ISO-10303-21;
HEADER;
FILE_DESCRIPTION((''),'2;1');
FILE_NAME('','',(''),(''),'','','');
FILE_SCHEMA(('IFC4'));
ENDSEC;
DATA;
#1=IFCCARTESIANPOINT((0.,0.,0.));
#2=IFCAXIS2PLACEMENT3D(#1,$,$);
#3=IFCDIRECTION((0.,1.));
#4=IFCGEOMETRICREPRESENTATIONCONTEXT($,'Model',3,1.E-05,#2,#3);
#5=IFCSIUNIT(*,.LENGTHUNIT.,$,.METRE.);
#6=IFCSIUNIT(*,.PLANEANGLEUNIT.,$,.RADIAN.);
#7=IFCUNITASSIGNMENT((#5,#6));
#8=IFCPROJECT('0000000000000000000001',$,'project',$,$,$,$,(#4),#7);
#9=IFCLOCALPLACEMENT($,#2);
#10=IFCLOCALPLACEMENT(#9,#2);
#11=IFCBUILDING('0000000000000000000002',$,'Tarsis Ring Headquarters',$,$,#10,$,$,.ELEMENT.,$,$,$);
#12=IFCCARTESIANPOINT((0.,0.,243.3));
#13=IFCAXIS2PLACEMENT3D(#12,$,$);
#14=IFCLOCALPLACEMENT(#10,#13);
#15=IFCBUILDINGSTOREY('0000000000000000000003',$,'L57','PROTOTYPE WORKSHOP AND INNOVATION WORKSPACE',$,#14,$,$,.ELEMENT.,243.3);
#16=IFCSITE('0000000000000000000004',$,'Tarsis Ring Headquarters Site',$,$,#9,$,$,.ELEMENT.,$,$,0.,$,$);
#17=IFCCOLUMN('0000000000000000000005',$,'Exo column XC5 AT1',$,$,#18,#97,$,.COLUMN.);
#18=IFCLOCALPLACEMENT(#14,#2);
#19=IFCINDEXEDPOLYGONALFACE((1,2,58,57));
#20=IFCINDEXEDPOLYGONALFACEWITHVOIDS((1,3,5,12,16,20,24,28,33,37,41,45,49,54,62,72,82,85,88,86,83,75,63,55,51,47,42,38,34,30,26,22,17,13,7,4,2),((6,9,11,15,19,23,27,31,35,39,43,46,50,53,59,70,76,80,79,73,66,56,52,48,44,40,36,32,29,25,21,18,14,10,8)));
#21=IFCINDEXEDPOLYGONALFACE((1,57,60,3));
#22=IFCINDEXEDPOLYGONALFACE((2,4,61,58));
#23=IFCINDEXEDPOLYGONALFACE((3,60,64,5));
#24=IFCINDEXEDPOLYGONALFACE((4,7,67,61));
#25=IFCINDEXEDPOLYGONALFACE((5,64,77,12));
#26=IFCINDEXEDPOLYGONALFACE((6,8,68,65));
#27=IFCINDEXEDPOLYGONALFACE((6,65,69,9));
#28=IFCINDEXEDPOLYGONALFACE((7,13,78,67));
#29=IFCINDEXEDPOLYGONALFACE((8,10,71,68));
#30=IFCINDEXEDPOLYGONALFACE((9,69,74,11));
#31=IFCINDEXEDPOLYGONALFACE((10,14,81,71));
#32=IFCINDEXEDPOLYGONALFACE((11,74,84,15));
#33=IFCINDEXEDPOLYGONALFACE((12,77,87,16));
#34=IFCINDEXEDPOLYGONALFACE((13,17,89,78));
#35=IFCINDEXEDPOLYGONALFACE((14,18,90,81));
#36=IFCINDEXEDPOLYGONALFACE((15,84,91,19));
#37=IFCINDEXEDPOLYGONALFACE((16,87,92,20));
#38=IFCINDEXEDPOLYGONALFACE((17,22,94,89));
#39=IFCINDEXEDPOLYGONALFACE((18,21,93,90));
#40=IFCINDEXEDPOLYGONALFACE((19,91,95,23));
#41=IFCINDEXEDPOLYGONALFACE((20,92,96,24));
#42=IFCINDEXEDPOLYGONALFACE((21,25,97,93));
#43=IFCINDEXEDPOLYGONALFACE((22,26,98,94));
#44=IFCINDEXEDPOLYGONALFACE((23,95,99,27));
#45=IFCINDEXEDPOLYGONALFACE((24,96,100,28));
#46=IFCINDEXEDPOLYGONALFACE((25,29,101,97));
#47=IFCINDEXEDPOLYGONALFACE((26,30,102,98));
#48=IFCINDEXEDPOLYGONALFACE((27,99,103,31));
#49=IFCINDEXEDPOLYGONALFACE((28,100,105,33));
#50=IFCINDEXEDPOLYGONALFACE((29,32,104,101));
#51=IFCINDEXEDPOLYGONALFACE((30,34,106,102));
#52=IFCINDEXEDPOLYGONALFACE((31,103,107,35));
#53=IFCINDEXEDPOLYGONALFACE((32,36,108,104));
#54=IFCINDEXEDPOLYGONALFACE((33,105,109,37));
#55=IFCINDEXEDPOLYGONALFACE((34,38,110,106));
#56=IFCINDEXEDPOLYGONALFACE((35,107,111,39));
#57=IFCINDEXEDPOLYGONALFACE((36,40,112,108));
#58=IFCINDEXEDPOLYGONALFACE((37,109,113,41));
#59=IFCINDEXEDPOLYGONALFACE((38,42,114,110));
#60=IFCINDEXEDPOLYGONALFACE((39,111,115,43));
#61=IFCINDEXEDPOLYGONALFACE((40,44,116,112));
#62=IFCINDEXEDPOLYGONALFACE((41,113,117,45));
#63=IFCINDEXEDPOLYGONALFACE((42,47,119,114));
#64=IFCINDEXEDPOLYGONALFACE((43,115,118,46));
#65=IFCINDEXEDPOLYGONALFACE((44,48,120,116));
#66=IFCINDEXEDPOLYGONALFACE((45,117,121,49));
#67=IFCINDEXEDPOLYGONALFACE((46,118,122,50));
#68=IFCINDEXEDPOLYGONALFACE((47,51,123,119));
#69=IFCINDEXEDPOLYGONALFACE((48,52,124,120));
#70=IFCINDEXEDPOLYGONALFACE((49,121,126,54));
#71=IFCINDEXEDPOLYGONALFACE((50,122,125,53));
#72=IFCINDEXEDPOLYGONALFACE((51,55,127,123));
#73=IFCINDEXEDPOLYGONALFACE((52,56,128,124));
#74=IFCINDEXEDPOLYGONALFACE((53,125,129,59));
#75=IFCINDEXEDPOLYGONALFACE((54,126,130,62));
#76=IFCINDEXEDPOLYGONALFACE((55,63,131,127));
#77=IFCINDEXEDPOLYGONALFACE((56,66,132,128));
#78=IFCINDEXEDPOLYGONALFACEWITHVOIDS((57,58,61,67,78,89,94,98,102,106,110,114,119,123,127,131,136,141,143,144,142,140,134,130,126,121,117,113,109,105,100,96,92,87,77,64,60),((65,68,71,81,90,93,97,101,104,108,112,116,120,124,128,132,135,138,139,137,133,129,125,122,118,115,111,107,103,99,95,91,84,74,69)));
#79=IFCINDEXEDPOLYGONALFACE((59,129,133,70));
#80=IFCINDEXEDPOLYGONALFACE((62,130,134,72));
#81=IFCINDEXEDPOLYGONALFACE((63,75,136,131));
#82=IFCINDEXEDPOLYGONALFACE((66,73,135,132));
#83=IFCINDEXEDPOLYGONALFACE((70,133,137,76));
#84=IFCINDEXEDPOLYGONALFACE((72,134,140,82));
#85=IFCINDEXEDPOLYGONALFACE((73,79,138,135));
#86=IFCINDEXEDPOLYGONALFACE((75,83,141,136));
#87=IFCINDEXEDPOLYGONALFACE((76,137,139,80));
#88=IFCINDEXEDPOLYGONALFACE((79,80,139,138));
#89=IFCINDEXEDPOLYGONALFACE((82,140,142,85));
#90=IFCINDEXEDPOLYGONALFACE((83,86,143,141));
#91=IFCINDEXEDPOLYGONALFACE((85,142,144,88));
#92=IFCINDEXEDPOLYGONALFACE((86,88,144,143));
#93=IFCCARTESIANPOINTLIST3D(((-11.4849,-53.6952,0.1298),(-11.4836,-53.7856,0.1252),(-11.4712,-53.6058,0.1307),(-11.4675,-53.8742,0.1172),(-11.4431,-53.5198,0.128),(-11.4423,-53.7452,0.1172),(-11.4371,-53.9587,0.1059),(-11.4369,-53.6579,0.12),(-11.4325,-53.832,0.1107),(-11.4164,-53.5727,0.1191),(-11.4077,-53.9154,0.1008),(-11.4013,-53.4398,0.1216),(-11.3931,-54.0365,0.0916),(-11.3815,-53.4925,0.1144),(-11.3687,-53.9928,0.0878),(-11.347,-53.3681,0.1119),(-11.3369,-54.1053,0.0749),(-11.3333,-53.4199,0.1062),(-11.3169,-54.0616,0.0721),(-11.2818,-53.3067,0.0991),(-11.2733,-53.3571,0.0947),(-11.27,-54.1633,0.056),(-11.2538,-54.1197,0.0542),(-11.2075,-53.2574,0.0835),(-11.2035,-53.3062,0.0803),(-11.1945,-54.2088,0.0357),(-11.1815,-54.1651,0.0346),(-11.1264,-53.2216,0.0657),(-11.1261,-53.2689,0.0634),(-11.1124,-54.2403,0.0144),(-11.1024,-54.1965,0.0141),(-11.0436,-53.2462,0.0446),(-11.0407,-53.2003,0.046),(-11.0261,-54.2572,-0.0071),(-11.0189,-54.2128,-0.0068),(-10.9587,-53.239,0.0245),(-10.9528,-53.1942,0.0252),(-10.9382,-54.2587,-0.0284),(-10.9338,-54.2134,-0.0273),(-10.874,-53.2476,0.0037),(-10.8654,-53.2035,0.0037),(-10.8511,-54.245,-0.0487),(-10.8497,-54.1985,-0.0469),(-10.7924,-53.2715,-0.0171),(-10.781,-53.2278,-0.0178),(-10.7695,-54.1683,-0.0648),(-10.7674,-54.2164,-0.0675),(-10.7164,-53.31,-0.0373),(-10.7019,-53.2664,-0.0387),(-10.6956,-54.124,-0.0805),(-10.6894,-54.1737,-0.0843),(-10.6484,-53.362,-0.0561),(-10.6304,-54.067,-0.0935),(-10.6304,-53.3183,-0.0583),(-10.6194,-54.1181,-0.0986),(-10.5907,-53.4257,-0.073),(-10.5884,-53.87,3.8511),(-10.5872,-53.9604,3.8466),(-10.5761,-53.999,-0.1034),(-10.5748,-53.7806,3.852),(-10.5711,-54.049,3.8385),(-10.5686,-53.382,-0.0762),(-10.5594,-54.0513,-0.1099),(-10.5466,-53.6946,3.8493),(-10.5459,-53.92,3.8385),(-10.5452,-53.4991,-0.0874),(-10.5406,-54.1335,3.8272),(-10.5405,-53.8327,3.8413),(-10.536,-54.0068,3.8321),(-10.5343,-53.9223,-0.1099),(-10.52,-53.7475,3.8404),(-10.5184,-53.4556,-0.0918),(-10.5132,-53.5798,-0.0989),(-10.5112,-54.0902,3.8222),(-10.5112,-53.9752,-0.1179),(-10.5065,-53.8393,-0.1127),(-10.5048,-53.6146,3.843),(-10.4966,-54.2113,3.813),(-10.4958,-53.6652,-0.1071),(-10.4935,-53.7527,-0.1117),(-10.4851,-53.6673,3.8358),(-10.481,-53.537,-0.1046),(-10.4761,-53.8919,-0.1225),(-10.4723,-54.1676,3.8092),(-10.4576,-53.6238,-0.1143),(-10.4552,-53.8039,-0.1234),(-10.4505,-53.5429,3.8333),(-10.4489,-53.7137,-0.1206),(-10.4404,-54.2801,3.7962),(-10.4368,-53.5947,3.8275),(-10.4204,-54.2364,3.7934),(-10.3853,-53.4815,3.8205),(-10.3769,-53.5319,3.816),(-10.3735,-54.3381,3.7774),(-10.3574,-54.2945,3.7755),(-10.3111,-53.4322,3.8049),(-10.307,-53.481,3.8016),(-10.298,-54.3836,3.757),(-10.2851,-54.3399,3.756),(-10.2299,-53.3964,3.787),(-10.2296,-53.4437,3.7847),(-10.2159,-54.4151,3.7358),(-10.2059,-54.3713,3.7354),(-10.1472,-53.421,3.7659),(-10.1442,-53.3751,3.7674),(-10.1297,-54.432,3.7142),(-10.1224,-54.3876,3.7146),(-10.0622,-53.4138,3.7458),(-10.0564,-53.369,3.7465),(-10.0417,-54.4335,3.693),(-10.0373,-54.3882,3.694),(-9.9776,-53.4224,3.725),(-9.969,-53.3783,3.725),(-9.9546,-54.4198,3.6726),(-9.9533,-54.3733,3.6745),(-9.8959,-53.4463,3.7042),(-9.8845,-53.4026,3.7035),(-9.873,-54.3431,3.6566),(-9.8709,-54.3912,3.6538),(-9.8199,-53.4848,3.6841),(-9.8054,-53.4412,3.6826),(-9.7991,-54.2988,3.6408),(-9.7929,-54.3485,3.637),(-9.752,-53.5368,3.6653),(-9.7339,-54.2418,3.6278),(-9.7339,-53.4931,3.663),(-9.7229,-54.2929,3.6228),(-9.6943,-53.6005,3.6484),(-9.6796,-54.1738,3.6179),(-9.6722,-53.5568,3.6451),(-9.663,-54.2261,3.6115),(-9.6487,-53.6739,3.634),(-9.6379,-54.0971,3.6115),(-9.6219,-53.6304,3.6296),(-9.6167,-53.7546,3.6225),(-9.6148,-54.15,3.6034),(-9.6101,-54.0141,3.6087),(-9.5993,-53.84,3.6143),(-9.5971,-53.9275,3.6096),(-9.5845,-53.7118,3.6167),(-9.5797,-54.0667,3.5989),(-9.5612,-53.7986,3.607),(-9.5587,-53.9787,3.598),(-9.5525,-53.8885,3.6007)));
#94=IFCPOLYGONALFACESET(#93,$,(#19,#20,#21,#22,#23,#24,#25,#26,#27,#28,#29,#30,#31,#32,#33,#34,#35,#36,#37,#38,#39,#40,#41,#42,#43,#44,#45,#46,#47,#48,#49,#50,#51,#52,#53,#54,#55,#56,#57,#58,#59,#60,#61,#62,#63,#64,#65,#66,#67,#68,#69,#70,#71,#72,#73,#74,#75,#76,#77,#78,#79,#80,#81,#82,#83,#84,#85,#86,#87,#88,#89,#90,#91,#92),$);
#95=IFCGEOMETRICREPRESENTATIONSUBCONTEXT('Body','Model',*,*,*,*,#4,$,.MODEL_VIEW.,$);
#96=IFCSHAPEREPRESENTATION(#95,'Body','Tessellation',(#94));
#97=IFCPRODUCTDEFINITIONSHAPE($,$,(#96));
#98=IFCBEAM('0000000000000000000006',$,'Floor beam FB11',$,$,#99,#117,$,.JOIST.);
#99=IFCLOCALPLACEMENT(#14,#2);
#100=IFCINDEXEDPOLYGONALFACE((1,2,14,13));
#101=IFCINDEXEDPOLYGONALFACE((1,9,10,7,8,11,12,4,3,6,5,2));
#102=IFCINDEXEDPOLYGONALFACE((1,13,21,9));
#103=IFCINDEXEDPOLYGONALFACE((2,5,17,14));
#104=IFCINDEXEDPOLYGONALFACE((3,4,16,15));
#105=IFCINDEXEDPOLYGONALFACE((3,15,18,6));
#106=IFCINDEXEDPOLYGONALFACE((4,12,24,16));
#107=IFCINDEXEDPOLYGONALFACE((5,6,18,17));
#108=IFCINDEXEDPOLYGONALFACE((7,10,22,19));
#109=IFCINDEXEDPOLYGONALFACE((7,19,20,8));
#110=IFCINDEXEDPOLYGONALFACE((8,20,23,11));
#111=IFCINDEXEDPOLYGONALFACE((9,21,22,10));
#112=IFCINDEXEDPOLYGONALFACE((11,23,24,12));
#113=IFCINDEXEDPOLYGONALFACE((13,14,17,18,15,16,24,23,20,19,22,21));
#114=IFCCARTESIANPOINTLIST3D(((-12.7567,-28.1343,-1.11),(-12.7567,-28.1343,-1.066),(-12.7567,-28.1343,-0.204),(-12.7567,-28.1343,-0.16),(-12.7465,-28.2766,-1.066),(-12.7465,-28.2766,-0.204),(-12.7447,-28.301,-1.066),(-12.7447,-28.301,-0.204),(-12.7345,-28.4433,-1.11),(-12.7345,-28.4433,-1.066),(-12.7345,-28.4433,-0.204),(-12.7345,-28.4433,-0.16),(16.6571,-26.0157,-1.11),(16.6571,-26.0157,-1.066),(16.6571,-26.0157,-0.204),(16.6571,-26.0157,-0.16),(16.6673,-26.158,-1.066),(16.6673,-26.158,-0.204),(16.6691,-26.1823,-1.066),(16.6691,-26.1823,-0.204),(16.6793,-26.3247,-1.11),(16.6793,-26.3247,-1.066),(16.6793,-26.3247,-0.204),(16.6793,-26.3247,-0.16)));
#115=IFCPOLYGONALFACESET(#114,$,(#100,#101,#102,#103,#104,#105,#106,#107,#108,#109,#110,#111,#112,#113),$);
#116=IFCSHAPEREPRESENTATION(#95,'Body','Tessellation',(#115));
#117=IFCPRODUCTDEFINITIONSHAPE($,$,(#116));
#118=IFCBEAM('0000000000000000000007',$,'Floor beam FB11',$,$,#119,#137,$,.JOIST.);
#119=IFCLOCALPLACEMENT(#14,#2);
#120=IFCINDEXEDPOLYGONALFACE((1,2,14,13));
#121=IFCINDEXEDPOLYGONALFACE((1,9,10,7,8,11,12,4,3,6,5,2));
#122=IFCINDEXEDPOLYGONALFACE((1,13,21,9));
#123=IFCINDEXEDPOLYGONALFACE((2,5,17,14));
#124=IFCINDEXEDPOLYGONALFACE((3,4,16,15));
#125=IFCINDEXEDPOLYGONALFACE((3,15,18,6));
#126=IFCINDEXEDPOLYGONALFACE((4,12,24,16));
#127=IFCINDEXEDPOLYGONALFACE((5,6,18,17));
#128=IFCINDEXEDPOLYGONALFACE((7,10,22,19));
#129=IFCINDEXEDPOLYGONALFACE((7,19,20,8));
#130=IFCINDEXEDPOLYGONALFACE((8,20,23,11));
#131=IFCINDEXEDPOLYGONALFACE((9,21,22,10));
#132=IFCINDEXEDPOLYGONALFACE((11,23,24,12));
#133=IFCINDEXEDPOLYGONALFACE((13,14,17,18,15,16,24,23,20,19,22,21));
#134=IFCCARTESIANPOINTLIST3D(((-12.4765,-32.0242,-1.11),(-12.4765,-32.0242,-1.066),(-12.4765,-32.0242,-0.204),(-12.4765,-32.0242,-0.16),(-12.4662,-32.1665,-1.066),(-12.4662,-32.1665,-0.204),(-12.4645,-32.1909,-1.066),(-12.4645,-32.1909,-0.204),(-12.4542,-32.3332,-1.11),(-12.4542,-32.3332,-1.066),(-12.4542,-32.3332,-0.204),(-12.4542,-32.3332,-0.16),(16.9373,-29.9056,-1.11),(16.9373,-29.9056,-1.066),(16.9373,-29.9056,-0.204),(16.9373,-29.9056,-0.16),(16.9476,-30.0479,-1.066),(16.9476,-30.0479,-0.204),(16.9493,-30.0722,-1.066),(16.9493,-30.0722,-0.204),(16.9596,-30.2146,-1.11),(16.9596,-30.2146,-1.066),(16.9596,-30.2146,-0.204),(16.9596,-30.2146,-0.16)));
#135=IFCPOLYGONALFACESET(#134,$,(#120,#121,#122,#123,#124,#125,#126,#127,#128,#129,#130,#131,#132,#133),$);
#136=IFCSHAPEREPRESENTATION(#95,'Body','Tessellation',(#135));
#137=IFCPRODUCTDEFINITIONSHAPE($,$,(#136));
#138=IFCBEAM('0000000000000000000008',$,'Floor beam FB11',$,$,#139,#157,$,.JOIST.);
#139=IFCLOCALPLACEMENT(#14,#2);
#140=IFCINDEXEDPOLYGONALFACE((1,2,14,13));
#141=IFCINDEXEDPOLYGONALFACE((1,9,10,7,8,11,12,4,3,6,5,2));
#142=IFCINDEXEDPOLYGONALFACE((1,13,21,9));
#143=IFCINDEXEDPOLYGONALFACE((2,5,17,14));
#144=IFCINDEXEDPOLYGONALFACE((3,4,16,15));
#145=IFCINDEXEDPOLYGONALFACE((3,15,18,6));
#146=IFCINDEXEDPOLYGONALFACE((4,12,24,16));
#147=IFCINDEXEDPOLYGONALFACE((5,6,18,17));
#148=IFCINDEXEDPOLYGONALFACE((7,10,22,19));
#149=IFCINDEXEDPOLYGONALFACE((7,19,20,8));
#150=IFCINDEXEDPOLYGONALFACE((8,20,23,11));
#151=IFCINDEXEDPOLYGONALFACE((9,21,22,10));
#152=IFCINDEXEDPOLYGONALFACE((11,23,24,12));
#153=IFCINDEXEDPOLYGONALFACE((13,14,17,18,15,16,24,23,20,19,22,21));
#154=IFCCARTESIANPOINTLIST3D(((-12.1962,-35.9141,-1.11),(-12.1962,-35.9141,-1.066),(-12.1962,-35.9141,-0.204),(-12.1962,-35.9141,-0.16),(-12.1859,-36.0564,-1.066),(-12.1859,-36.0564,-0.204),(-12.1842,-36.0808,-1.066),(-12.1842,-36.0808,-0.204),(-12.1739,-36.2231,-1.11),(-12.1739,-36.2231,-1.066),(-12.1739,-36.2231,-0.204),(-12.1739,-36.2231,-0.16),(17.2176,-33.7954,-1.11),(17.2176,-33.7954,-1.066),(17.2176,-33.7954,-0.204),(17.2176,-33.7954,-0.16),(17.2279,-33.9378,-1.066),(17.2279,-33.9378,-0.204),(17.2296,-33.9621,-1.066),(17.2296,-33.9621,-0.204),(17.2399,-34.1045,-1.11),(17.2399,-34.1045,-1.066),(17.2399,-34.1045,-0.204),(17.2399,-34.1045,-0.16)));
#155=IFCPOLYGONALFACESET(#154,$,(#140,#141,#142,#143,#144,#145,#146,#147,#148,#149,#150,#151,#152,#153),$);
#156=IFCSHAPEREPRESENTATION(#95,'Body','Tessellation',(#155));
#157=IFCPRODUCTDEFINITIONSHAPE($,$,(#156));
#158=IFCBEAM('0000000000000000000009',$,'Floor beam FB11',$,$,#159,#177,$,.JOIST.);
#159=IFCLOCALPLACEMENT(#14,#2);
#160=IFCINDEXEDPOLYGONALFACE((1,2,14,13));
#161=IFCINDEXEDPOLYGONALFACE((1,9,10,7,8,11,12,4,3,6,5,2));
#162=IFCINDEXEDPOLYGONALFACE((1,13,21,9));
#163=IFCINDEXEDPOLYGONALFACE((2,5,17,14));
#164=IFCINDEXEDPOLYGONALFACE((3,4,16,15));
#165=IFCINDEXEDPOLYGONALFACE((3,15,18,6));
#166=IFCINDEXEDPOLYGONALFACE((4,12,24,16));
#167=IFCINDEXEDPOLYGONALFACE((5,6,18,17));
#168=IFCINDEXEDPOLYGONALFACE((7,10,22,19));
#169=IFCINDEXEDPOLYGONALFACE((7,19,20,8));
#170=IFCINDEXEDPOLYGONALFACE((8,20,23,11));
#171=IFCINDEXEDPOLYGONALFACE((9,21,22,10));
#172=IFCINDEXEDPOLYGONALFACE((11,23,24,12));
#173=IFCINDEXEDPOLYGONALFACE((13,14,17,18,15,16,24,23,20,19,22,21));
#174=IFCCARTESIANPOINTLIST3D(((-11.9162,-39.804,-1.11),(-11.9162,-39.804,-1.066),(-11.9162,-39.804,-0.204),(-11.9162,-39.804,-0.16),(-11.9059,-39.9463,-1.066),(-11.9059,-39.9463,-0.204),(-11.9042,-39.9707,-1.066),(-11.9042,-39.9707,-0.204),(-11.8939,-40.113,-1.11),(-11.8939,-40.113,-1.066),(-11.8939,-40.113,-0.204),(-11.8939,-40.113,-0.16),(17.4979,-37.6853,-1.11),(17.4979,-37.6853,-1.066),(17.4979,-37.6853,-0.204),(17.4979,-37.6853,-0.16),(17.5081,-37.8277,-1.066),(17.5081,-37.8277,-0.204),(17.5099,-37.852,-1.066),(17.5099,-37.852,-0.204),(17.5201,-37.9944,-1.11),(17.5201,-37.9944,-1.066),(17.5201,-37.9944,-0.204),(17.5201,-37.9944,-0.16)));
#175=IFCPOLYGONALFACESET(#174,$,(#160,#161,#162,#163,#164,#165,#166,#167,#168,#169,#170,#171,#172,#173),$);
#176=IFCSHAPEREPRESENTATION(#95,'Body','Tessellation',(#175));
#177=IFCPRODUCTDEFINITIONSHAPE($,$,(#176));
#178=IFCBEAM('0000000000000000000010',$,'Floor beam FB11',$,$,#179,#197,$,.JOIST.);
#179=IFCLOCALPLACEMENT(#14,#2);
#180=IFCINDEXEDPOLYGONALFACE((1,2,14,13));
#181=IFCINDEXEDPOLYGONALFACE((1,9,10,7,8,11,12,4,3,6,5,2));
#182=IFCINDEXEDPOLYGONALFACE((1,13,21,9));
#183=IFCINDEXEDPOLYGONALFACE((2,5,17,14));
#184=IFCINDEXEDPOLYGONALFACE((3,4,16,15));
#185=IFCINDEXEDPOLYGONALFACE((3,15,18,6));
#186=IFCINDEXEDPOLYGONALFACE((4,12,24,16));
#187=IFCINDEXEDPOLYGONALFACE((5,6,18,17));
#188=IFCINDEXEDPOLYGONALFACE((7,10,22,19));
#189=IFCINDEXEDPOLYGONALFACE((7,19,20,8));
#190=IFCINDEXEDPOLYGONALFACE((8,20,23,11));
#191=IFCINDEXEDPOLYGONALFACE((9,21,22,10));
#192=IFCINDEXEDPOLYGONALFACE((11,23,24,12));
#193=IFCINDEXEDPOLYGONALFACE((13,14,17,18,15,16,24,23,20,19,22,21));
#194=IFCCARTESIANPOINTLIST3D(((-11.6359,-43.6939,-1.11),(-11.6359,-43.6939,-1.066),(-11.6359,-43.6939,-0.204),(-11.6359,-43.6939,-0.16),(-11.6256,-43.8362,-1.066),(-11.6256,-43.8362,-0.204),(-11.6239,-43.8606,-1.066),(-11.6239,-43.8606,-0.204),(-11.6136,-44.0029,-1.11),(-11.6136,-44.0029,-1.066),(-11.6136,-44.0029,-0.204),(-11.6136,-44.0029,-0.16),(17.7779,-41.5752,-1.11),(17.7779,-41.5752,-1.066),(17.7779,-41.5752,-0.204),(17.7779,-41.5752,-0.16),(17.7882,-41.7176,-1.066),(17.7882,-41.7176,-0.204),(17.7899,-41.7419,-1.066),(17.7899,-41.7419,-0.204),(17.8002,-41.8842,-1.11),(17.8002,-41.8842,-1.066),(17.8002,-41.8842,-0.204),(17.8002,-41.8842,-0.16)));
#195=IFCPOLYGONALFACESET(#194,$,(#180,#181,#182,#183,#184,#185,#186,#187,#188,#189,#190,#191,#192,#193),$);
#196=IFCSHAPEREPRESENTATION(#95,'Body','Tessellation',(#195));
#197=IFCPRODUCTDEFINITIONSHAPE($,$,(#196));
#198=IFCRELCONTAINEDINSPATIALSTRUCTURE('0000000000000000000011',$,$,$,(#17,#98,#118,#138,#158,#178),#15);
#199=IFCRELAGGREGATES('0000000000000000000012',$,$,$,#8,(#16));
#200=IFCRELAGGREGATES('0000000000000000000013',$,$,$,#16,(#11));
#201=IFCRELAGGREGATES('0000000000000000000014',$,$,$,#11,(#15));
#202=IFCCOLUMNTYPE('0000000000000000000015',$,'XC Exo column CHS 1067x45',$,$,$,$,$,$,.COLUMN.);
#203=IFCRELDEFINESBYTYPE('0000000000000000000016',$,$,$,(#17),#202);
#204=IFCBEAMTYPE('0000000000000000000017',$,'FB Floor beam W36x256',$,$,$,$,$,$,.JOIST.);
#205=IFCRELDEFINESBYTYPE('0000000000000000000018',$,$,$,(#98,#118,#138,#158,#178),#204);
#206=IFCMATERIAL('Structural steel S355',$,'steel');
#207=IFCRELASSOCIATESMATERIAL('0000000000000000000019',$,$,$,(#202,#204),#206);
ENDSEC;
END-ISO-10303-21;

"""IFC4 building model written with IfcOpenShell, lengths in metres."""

from ifc_helpers import new_model, si_unit, direction, frame, origin, origin_2d, place, context, subcontext, project, spatial, hollow_circle, i_section, extrude, material, material_profile, profile_set, type_object, element, save


model = new_model("IFC4")

# Units and contexts
model_context = context("Model", 3, precision=1e-05, world=origin(), true_north=direction((0.0, 1.0)))
body_context = subcontext(model_context, "Body", "Model", "MODEL_VIEW")
ifc_project = project(units=[si_unit("LENGTHUNIT", "METRE"), si_unit("PLANEANGLEUNIT", "RADIAN")], contexts=[model_context])

# Site, building, storey
site_placement = place(None, origin())
site = spatial("IfcSite", under=ifc_project, at=site_placement, Name="Tarsis Ring Headquarters Site", CompositionType="ELEMENT", RefElevation=0.0)
building_placement = place(site_placement, origin())
building = spatial("IfcBuilding", under=site, at=building_placement, Name="Tarsis Ring Headquarters", CompositionType="ELEMENT")
storey_placement = place(building_placement, frame((0.0, 0.0, 243.3)))
storey = spatial("IfcBuildingStorey", under=building, at=storey_placement, Name="L57", Description="PROTOTYPE WORKSHOP AND INNOVATION WORKSPACE", CompositionType="ELEMENT", Elevation=243.3)

# Column
ifc_material_1 = material(Name="Structural steel S355", Category="steel")
ifc_material_profile_1 = material_profile(ifc_material_1, hollow_circle(Radius=0.5334, WallThickness=0.0449, at=origin_2d()), Name="CHS 1067x45")
ifc_profile_set_1 = profile_set([ifc_material_profile_1], Name="Structural steel S355")
column_type = type_object("IfcColumnType", Name="XC Exo column CHS 1067x45", PredefinedType="COLUMN", material=ifc_profile_set_1)
column_1_placement = place(storey_placement, frame((-10.9675, -53.7271, 0.0037), z_axis=(0.233954, -0.045618, 0.971177), x_axis=(0.191385, 0.981515, 0.0)))
element("IfcColumn", 1, at=column_1_placement, inside=storey, type_object=column_type, Name="Exo column XC5 AT1", PredefinedType="COLUMN", context=body_context, shape_type="SweptSolid", body=[
    extrude(hollow_circle(Radius=0.5334, WallThickness=0.0449, at=origin_2d()), origin(), (0.0, 0.0, 1.0), 3.8318),
])

# Beams
ifc_material_profile_2 = material_profile(ifc_material_1, i_section(OverallWidth=0.3098, OverallDepth=0.95, WebThickness=0.0244, FlangeThickness=0.0439, at=origin_2d()), Name="W36x256")
ifc_profile_set_2 = profile_set([ifc_material_profile_2], Name="Structural steel S355")
beam_type_1 = type_object("IfcBeamType", Name="FB Floor beam W36x256", PredefinedType="JOIST", material=ifc_profile_set_2)
for number, where, z_axis, x_axis, name in (
    (2, (-12.7456, -28.2888, -0.635), (0.997416, 0.071843, 0.0), (-0.071843, 0.997416, 0.0), "Floor beam FB11"),
    (3, (-12.4653, -32.1787, -0.635), (0.997416, 0.071843, 0.0), (-0.071843, 0.997416, 0.0), "Floor beam FB11"),
    (4, (-12.1851, -36.0686, -0.635), (0.997416, 0.071843, 0.0), (-0.071843, 0.997416, 0.0), "Floor beam FB11"),
):
    element("IfcBeam", number, at=place(storey_placement, frame(where, z_axis=z_axis, x_axis=x_axis)), inside=storey, type_object=beam_type_1, Name=name, PredefinedType="JOIST", context=body_context, shape_type="SweptSolid", body=[
        extrude(i_section(OverallWidth=0.3098, OverallDepth=0.95, WebThickness=0.0244, FlangeThickness=0.0439, at=origin_2d()), origin(), (0.0, 0.0, 1.0), 29.49),
    ])
beam_1_placement = place(storey_placement, frame((-11.905, -39.9585, -0.635), z_axis=(0.997416, 0.071842, 0.0), x_axis=(-0.071842, 0.997416, 0.0)))
element("IfcBeam", 5, at=beam_1_placement, inside=storey, type_object=beam_type_1, Name="Floor beam FB11", PredefinedType="JOIST", context=body_context, shape_type="SweptSolid", body=[
    extrude(i_section(OverallWidth=0.3098, OverallDepth=0.95, WebThickness=0.0244, FlangeThickness=0.0439, at=origin_2d()), origin(), (0.0, 0.0, 1.0), 29.4902),
])
for number, where, z_axis, x_axis, name in (
    (6, (-11.6248, -43.8484, -0.635), (0.997416, 0.071843, 0.0), (-0.071843, 0.997416, 0.0), "Floor beam FB11"),
):
    element("IfcBeam", number, at=place(storey_placement, frame(where, z_axis=z_axis, x_axis=x_axis)), inside=storey, type_object=beam_type_1, Name=name, PredefinedType="JOIST", context=body_context, shape_type="SweptSolid", body=[
        extrude(i_section(OverallWidth=0.3098, OverallDepth=0.95, WebThickness=0.0244, FlangeThickness=0.0439, at=origin_2d()), origin(), (0.0, 0.0, 1.0), 29.49),
    ])

save(model, "model.ifc")
